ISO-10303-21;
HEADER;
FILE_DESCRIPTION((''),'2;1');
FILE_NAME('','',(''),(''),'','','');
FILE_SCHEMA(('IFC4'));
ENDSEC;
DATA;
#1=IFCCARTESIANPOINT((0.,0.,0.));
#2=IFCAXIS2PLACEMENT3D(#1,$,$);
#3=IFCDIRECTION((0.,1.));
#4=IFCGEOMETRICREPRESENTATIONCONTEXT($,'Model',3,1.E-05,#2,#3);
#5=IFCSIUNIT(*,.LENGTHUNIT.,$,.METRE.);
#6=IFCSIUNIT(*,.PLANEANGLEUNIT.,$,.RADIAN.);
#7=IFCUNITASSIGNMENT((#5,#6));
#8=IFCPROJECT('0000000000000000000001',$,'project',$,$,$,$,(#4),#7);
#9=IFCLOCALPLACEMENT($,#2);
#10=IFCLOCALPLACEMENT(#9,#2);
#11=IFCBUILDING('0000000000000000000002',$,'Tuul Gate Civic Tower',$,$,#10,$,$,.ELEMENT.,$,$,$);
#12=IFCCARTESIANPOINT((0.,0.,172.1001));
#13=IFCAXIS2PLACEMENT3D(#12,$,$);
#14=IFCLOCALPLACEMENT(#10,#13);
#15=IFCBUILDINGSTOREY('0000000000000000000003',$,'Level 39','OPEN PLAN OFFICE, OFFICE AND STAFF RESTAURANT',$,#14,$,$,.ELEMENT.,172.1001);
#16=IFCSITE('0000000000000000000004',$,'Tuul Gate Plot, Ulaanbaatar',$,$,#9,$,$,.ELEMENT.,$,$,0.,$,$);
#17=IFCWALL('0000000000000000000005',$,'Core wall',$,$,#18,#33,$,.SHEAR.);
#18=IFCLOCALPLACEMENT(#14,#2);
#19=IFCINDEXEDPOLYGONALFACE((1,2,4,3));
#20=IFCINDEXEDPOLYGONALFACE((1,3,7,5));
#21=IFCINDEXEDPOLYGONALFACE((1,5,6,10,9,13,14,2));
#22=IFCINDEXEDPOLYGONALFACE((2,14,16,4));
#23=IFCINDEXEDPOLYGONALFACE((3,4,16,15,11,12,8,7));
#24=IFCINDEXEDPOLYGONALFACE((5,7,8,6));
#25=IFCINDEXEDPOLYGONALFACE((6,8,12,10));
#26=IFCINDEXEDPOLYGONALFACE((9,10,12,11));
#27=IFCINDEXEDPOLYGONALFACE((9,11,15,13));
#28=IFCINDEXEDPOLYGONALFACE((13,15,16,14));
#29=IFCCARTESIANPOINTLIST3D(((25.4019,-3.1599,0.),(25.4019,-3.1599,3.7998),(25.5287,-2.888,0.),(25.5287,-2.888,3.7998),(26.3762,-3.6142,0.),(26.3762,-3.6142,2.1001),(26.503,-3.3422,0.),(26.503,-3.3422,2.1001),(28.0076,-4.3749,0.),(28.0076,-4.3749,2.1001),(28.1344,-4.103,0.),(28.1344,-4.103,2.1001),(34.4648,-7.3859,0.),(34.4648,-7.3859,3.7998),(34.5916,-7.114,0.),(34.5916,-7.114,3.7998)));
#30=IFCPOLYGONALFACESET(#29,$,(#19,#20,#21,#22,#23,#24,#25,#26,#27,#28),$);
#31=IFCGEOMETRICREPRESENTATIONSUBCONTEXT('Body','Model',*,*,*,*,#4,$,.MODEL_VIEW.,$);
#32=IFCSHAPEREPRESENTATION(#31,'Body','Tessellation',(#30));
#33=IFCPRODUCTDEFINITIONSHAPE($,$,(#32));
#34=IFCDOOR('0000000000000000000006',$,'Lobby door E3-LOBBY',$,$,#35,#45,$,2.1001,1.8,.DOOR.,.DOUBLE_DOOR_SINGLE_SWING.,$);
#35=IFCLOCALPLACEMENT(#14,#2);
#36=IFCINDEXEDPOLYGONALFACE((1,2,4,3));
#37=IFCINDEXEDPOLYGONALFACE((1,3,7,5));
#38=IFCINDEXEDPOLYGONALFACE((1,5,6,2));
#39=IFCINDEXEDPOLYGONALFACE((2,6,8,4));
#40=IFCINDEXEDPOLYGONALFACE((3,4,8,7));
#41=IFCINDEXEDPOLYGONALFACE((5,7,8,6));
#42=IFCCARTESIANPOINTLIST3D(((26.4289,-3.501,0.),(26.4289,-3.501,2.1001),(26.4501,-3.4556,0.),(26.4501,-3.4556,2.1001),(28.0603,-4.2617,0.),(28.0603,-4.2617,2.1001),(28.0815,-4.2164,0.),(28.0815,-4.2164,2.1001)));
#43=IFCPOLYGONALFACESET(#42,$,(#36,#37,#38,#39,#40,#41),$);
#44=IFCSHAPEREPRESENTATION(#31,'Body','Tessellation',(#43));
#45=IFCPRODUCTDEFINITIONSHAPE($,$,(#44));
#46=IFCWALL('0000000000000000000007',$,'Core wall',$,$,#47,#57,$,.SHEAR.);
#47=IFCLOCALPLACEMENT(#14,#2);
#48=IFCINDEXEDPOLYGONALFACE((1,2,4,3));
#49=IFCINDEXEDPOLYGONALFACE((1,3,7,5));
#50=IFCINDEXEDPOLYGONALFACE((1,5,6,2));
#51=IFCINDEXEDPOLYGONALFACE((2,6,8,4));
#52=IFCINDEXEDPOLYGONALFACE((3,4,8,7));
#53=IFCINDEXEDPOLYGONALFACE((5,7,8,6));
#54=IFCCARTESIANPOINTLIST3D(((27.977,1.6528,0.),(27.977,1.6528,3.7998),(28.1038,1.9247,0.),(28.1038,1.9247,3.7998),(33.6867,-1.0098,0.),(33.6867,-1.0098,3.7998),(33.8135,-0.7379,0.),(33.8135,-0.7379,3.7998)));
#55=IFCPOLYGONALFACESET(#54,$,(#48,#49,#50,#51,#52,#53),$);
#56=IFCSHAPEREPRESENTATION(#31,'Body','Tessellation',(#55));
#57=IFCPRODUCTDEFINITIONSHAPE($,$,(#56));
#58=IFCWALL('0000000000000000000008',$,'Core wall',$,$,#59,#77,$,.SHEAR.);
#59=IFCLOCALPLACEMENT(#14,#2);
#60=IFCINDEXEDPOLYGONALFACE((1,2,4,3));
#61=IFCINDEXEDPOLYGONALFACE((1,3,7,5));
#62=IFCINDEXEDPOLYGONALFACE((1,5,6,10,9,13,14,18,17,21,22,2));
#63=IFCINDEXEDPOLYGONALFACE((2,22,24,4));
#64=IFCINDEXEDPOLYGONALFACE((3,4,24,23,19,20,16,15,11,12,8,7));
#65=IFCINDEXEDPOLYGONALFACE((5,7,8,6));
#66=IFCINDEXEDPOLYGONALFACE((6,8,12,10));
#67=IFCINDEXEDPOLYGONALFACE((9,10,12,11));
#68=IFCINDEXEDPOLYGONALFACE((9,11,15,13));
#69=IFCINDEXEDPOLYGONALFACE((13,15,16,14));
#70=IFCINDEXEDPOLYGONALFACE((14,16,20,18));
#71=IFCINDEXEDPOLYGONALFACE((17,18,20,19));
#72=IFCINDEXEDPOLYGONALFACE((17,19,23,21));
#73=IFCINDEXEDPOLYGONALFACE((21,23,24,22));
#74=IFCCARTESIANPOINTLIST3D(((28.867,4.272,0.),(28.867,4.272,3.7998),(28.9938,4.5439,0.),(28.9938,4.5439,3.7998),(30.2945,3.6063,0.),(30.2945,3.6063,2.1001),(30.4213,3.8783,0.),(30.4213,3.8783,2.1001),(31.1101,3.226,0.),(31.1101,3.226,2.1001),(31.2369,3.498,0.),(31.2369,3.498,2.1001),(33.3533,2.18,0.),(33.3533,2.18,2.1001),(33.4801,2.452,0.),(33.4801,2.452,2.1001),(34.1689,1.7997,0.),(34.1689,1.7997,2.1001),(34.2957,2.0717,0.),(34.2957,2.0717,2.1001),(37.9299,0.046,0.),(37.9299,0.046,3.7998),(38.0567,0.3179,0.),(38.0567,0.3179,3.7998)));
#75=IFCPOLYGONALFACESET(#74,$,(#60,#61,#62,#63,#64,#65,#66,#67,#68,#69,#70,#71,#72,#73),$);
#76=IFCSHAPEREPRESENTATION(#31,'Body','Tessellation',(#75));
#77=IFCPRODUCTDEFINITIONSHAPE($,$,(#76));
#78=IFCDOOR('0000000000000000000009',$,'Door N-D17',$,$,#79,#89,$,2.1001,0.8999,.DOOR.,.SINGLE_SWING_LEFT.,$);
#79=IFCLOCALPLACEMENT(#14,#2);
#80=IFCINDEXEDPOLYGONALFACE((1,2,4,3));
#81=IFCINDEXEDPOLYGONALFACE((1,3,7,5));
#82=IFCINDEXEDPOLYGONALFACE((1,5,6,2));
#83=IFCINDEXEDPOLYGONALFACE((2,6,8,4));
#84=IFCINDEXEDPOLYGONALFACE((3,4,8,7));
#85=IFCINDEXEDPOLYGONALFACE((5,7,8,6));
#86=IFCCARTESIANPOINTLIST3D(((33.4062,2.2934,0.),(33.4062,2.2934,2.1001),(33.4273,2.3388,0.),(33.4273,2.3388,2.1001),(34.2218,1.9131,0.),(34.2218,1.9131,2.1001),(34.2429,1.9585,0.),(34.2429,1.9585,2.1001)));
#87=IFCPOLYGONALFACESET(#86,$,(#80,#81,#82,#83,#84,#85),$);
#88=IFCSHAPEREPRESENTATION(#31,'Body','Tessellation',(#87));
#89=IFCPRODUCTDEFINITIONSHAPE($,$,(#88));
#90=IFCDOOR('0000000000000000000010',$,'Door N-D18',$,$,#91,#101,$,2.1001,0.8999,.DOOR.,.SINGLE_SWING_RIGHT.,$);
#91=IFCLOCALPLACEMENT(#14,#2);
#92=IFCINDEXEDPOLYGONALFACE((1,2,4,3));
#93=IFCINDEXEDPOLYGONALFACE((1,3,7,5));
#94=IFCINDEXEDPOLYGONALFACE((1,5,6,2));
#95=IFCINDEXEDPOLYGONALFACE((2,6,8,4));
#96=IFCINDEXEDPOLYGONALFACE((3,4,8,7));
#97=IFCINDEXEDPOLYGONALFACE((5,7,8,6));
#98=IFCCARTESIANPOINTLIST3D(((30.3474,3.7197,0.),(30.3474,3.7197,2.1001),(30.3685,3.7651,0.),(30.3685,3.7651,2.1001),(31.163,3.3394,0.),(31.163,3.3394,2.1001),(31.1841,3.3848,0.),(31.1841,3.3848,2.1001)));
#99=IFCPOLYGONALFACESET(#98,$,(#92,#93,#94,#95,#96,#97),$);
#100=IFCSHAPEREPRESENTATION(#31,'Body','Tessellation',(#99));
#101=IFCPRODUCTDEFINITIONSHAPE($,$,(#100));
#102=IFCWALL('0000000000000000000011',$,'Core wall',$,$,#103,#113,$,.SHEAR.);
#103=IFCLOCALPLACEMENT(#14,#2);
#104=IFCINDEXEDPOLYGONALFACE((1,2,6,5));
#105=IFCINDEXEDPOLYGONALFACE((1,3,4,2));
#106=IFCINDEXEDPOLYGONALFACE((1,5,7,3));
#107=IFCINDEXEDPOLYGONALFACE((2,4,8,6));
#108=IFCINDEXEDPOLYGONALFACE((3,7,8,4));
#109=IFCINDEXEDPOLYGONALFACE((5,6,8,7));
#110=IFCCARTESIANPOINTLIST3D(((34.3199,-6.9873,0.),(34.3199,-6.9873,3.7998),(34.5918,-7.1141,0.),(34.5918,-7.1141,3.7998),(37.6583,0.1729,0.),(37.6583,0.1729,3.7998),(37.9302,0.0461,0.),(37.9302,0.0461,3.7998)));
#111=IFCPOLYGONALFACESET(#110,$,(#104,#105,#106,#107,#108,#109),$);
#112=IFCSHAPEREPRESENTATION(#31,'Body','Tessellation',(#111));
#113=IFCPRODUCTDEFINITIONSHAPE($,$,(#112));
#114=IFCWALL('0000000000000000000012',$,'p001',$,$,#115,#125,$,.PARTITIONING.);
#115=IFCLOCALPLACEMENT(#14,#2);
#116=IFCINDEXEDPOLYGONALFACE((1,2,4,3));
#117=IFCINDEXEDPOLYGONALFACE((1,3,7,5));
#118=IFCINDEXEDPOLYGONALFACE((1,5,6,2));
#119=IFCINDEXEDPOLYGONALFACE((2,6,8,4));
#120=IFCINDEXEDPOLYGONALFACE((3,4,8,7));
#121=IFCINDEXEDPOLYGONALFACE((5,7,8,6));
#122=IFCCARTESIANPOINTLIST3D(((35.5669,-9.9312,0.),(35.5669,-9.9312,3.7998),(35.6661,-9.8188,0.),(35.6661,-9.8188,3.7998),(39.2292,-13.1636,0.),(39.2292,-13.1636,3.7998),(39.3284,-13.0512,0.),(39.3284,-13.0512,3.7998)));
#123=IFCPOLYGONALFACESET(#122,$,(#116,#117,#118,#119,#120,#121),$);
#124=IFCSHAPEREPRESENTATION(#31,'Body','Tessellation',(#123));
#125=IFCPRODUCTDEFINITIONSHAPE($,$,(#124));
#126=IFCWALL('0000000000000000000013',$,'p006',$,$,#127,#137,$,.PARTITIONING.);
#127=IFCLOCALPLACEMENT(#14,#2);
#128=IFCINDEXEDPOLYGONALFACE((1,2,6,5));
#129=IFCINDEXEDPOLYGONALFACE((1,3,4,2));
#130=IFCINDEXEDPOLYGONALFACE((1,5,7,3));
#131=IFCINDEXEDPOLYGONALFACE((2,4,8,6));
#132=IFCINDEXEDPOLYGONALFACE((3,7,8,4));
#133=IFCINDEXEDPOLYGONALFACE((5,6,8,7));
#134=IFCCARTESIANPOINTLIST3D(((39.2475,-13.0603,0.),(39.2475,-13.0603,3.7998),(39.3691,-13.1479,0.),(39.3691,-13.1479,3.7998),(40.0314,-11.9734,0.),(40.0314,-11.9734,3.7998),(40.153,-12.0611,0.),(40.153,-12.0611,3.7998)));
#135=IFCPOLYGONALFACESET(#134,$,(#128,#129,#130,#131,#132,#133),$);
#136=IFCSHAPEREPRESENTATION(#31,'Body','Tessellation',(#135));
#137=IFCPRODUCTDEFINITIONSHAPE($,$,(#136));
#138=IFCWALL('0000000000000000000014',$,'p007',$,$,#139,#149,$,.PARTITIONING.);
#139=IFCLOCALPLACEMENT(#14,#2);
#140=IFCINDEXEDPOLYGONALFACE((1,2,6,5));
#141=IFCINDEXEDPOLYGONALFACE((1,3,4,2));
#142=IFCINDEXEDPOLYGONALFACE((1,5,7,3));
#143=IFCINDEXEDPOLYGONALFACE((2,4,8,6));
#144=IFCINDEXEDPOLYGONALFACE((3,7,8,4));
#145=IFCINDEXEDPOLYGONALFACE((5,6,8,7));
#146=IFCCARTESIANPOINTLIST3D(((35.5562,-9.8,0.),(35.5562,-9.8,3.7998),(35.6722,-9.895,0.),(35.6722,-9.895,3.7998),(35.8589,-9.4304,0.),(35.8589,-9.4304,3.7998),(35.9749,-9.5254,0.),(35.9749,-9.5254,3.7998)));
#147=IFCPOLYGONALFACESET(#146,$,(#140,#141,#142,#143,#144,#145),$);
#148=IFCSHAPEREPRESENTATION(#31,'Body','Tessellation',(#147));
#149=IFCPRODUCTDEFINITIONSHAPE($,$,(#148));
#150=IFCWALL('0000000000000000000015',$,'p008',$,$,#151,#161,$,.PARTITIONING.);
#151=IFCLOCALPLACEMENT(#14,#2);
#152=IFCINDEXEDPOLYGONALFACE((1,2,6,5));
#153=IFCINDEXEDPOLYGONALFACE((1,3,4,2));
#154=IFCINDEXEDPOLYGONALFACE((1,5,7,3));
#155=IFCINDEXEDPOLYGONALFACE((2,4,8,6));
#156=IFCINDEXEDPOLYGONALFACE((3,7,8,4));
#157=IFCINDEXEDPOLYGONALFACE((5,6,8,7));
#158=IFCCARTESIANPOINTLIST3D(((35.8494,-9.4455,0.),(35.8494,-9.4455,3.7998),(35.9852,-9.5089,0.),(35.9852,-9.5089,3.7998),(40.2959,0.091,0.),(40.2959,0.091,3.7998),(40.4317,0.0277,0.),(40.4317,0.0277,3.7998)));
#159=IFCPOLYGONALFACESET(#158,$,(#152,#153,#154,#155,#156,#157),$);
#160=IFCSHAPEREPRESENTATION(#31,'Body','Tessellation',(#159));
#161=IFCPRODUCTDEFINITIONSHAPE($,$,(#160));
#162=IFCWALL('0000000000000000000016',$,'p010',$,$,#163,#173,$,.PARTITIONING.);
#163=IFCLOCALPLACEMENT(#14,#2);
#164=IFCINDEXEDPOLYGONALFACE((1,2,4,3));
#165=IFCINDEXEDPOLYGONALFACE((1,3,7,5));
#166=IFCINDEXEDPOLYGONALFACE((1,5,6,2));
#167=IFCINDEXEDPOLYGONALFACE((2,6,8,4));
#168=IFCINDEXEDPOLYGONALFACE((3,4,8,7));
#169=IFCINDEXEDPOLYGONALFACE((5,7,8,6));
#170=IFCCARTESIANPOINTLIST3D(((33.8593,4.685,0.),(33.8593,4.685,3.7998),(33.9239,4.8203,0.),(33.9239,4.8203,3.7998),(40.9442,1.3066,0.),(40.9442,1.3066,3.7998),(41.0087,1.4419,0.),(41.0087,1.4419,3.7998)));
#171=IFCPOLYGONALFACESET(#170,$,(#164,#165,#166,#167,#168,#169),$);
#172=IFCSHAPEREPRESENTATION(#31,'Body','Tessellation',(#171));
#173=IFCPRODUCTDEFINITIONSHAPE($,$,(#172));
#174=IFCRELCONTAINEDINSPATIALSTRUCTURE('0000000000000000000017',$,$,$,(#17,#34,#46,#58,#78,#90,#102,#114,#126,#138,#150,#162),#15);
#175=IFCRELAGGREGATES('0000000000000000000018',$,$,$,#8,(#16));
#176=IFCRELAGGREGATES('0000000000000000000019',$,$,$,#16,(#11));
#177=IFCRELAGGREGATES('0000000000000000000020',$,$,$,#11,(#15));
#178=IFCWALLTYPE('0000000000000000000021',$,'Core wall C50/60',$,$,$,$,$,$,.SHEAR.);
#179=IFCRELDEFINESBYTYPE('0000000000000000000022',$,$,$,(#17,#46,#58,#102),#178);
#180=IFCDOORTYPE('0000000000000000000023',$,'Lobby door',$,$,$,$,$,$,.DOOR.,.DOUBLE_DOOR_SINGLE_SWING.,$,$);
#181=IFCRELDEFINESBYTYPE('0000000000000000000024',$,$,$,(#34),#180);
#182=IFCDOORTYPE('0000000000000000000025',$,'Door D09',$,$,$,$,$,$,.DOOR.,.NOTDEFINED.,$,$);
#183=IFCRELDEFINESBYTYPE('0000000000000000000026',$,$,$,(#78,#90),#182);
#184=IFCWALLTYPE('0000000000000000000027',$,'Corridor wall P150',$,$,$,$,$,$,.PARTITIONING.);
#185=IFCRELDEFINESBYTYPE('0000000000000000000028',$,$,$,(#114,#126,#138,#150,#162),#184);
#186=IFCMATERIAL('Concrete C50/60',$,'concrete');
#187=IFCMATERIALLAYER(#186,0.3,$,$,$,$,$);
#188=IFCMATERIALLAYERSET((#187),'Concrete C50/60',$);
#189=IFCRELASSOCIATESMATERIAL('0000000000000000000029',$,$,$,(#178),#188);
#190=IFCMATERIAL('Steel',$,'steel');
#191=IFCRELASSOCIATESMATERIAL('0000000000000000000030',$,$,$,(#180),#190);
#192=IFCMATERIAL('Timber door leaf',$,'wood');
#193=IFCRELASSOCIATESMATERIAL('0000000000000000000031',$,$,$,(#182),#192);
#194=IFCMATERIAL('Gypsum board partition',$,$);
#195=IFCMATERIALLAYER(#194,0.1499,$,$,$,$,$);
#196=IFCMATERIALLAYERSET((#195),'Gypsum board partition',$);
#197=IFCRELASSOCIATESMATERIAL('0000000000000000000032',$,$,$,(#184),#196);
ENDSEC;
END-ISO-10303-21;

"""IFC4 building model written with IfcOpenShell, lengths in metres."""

from ifc_helpers import new_model, si_unit, direction, frame, frame_2d, origin, place, context, subcontext, project, spatial, rectangle, extrude, material, layer, layer_set, type_object, element, fill, save


model = new_model("IFC4")

# Units and contexts
model_context = context("Model", 3, precision=1e-05, world=origin(), true_north=direction((0.0, 1.0)))
body_context = subcontext(model_context, "Body", "Model", "MODEL_VIEW")
ifc_project = project(units=[si_unit("LENGTHUNIT", "METRE"), si_unit("PLANEANGLEUNIT", "RADIAN")], contexts=[model_context])

# Site, building, storey
site_placement = place(None, origin())
site = spatial("IfcSite", under=ifc_project, at=site_placement, Name="Tuul Gate Plot, Ulaanbaatar", CompositionType="ELEMENT", RefElevation=0.0)
building_placement = place(site_placement, origin())
building = spatial("IfcBuilding", under=site, at=building_placement, Name="Tuul Gate Civic Tower", CompositionType="ELEMENT")
storey_placement = place(building_placement, frame((0.0, 0.0, 172.1001)))
storey = spatial("IfcBuildingStorey", under=building, at=storey_placement, Name="Level 39", Description="OPEN PLAN OFFICE, OFFICE AND STAFF RESTAURANT", CompositionType="ELEMENT", Elevation=172.1001)

# Wall, opening, door
ifc_material_1 = material(Name="Concrete C50/60", Category="concrete")
ifc_layer_1 = layer(ifc_material_1, 0.3)
ifc_layer_set_1 = layer_set([ifc_layer_1], Name="Concrete C50/60")
wall_type_1 = type_object("IfcWallType", Name="Core wall C50/60", PredefinedType="SHEAR", material=ifc_layer_set_1)
wall_1_placement = place(storey_placement, frame((34.5283, -7.25, 0.0), z_axis=(0.0, 0.0, 1.0), x_axis=(-0.90631, 0.422613, 0.0)))
wall_1 = element("IfcWall", 1, at=wall_1_placement, inside=storey, type_object=wall_type_1, Name="Core wall", PredefinedType="SHEAR", context=body_context, shape_type="SweptSolid", body=[
    extrude(rectangle(XDim=9.9998, YDim=0.3, at=frame_2d((5.0, 0.0))), origin(), (0.0, 0.0, 1.0), 3.7998),
])
opening_1_placement = place(wall_1_placement, frame((7.125, 0.0, 0.0)))
opening_1 = element("IfcOpeningElement", 2, at=opening_1_placement, cuts=wall_1, PredefinedType="OPENING", context=body_context, shape_type="SweptSolid", body=[
    extrude(rectangle(XDim=1.8, YDim=2.1001, at=frame_2d((0.8999, 1.05))), frame((0.0, 0.1602, 0.0), z_axis=(0.0, -1.0, 0.0), x_axis=(1.0, 0.0, 0.0)), (0.0, 0.0, 1.0), 0.3201),
])
ifc_material_2 = material(Name="Steel", Category="steel")
door_type_1 = type_object("IfcDoorType", Name="Lobby door", OperationType="DOUBLE_DOOR_SINGLE_SWING", PredefinedType="DOOR", material=ifc_material_2)
door_1_placement = place(opening_1_placement, frame((1.8, 0.0, 0.0), z_axis=(0.0, 0.0, 1.0), x_axis=(-1.0, 0.0, 0.0)))
door_1 = element("IfcDoor", 3, at=door_1_placement, inside=storey, type_object=door_type_1, Name="Lobby door E3-LOBBY", OperationType="DOUBLE_DOOR_SINGLE_SWING", OverallHeight=2.1001, OverallWidth=1.8, PredefinedType="DOOR", context=body_context, shape_type="SweptSolid", body=[
    extrude(rectangle(XDim=1.8, YDim=2.1001, at=frame_2d((0.9001, 1.05))), frame((0.0, 0.0249, 0.0), z_axis=(0.0, -1.0, 0.0), x_axis=(1.0, 0.0, 0.0)), (0.0, 0.0, 1.0), 0.05),
])
fill(opening_1, door_1)

# Wall
wall_2_placement = place(storey_placement, frame((33.75, -0.8738, 0.0), z_axis=(0.0, 0.0, 1.0), x_axis=(-0.906301, 0.422633, 0.0)))
element("IfcWall", 4, at=wall_2_placement, inside=storey, type_object=wall_type_1, Name="Core wall", PredefinedType="SHEAR", context=body_context, shape_type="SweptSolid", body=[
    extrude(rectangle(XDim=6.3, YDim=0.3, at=frame_2d((3.1499, 0.0))), origin(), (0.0, 0.0, 1.0), 3.7998),
])

# Wall, openings, doors
wall_3_placement = place(storey_placement, frame((37.9934, 0.1819, 0.0), z_axis=(0.0, 0.0, 1.0), x_axis=(-0.90631, 0.422613, 0.0)))
wall_3 = element("IfcWall", 5, at=wall_3_placement, inside=storey, type_object=wall_type_1, Name="Core wall", PredefinedType="SHEAR", context=body_context, shape_type="SweptSolid", body=[
    extrude(rectangle(XDim=9.9998, YDim=0.3, at=frame_2d((5.0, 0.0))), origin(), (0.0, 0.0, 1.0), 3.7998),
])
opening_2_placement = place(wall_3_placement, frame((4.1499, 0.0, 0.0)))
opening_2 = element("IfcOpeningElement", 6, at=opening_2_placement, cuts=wall_3, PredefinedType="OPENING", context=body_context, shape_type="SweptSolid", body=[
    extrude(rectangle(XDim=0.8999, YDim=2.1001, at=frame_2d((0.45, 1.05))), frame((0.0, 0.1602, 0.0), z_axis=(0.0, -1.0, 0.0), x_axis=(1.0, 0.0, 0.0)), (0.0, 0.0, 1.0), 0.3201),
])
opening_3_placement = place(wall_3_placement, frame((7.5249, 0.0, 0.0)))
opening_3 = element("IfcOpeningElement", 7, at=opening_3_placement, cuts=wall_3, PredefinedType="OPENING", context=body_context, shape_type="SweptSolid", body=[
    extrude(rectangle(XDim=0.8999, YDim=2.1001, at=frame_2d((0.45, 1.05))), frame((0.0, 0.1602, 0.0), z_axis=(0.0, -1.0, 0.0), x_axis=(1.0, 0.0, 0.0)), (0.0, 0.0, 1.0), 0.3201),
])
ifc_material_3 = material(Name="Timber door leaf", Category="wood")
door_type_2 = type_object("IfcDoorType", Name="Door D09", OperationType="NOTDEFINED", PredefinedType="DOOR", material=ifc_material_3)
door_2_placement = place(opening_2_placement, origin())
door_2 = element("IfcDoor", 8, at=door_2_placement, inside=storey, type_object=door_type_2, Name="Door N-D17", OperationType="SINGLE_SWING_LEFT", OverallHeight=2.1001, OverallWidth=0.8999, PredefinedType="DOOR", context=body_context, shape_type="SweptSolid", body=[
    extrude(rectangle(XDim=0.8999, YDim=2.1001, at=frame_2d((0.45, 1.05))), frame((0.0, 0.0249, 0.0), z_axis=(0.0, -1.0, 0.0), x_axis=(1.0, 0.0, 0.0)), (0.0, 0.0, 1.0), 0.05),
])
fill(opening_2, door_2)
door_3_placement = place(opening_3_placement, origin())
door_3 = element("IfcDoor", 9, at=door_3_placement, inside=storey, type_object=door_type_2, Name="Door N-D18", OperationType="SINGLE_SWING_RIGHT", OverallHeight=2.1001, OverallWidth=0.8999, PredefinedType="DOOR", context=body_context, shape_type="SweptSolid", body=[
    extrude(rectangle(XDim=0.8999, YDim=2.1001, at=frame_2d((0.45, 1.05))), frame((0.0, 0.0249, 0.0), z_axis=(0.0, -1.0, 0.0), x_axis=(1.0, 0.0, 0.0)), (0.0, 0.0, 1.0), 0.05),
])
fill(opening_3, door_3)

# Walls
wall_4_placement = place(storey_placement, frame((34.4558, -7.0508, 0.0), z_axis=(0.0, 0.0, 1.0), x_axis=(0.422571, 0.90633, 0.0)))
element("IfcWall", 10, at=wall_4_placement, inside=storey, type_object=wall_type_1, Name="Core wall", PredefinedType="SHEAR", context=body_context, shape_type="SweptSolid", body=[
    extrude(rectangle(XDim=7.9001, YDim=0.3, at=frame_2d((3.9502, 0.0))), origin(), (0.0, 0.0, 1.0), 3.7998),
])
ifc_material_4 = material(Name="Gypsum board partition")
ifc_layer_2 = layer(ifc_material_4, 0.1499)
ifc_layer_set_2 = layer_set([ifc_layer_2], Name="Gypsum board partition")
wall_type_2 = type_object("IfcWallType", Name="Corridor wall P150", PredefinedType="PARTITIONING", material=ifc_layer_set_2)
wall_5_placement = place(storey_placement, frame((35.6165, -9.875, 0.0), z_axis=(0.0, 0.0, 1.0), x_axis=(0.749743, -0.661729, 0.0)))
element("IfcWall", 11, at=wall_5_placement, inside=storey, type_object=wall_type_2, Name="p001", PredefinedType="PARTITIONING", context=body_context, shape_type="SweptSolid", body=[
    extrude(rectangle(XDim=4.8848, YDim=0.1499, at=frame_2d((2.4424, 0.0))), origin(), (0.0, 0.0, 1.0), 3.7998),
])
wall_6_placement = place(storey_placement, frame((39.3083, -13.104, 0.0), z_axis=(0.0, 0.0, 1.0), x_axis=(0.584972, 0.811054, 0.0)))
element("IfcWall", 12, at=wall_6_placement, inside=storey, type_object=wall_type_2, Name="p006", PredefinedType="PARTITIONING", context=body_context, shape_type="SweptSolid", body=[
    extrude(rectangle(XDim=1.3401, YDim=0.1499, at=frame_2d((0.6699, 0.0))), origin(), (0.0, 0.0, 1.0), 3.7998),
])
wall_7_placement = place(storey_placement, frame((35.6143, -9.8474, 0.0), z_axis=(0.0, 0.0, 1.0), x_axis=(0.633627, 0.773638, 0.0)))
element("IfcWall", 13, at=wall_7_placement, inside=storey, type_object=wall_type_2, Name="p007", PredefinedType="PARTITIONING", context=body_context, shape_type="SweptSolid", body=[
    extrude(rectangle(XDim=0.4778, YDim=0.1499, at=frame_2d((0.2388, 0.0))), origin(), (0.0, 0.0, 1.0), 3.7998),
])
wall_8_placement = place(storey_placement, frame((35.9172, -9.4773, 0.0), z_axis=(0.0, 0.0, 1.0), x_axis=(0.422582, 0.906325, 0.0)))
element("IfcWall", 14, at=wall_8_placement, inside=storey, type_object=wall_type_2, Name="p008", PredefinedType="PARTITIONING", context=body_context, shape_type="SweptSolid", body=[
    extrude(rectangle(XDim=10.5222, YDim=0.1499, at=frame_2d((5.2612, 0.0))), origin(), (0.0, 0.0, 1.0), 3.7998),
])
wall_9_placement = place(storey_placement, frame((33.8916, 4.7527, 0.0), z_axis=(0.0, 0.0, 1.0), x_axis=(0.902626, -0.430426, 0.0)))
element("IfcWall", 15, at=wall_9_placement, inside=storey, type_object=wall_type_2, Name="p010", PredefinedType="PARTITIONING", context=body_context, shape_type="SweptSolid", body=[
    extrude(rectangle(XDim=7.8491, YDim=0.1499, at=frame_2d((3.9246, 0.0))), origin(), (0.0, 0.0, 1.0), 3.7998),
])

save(model, "model.ifc")
